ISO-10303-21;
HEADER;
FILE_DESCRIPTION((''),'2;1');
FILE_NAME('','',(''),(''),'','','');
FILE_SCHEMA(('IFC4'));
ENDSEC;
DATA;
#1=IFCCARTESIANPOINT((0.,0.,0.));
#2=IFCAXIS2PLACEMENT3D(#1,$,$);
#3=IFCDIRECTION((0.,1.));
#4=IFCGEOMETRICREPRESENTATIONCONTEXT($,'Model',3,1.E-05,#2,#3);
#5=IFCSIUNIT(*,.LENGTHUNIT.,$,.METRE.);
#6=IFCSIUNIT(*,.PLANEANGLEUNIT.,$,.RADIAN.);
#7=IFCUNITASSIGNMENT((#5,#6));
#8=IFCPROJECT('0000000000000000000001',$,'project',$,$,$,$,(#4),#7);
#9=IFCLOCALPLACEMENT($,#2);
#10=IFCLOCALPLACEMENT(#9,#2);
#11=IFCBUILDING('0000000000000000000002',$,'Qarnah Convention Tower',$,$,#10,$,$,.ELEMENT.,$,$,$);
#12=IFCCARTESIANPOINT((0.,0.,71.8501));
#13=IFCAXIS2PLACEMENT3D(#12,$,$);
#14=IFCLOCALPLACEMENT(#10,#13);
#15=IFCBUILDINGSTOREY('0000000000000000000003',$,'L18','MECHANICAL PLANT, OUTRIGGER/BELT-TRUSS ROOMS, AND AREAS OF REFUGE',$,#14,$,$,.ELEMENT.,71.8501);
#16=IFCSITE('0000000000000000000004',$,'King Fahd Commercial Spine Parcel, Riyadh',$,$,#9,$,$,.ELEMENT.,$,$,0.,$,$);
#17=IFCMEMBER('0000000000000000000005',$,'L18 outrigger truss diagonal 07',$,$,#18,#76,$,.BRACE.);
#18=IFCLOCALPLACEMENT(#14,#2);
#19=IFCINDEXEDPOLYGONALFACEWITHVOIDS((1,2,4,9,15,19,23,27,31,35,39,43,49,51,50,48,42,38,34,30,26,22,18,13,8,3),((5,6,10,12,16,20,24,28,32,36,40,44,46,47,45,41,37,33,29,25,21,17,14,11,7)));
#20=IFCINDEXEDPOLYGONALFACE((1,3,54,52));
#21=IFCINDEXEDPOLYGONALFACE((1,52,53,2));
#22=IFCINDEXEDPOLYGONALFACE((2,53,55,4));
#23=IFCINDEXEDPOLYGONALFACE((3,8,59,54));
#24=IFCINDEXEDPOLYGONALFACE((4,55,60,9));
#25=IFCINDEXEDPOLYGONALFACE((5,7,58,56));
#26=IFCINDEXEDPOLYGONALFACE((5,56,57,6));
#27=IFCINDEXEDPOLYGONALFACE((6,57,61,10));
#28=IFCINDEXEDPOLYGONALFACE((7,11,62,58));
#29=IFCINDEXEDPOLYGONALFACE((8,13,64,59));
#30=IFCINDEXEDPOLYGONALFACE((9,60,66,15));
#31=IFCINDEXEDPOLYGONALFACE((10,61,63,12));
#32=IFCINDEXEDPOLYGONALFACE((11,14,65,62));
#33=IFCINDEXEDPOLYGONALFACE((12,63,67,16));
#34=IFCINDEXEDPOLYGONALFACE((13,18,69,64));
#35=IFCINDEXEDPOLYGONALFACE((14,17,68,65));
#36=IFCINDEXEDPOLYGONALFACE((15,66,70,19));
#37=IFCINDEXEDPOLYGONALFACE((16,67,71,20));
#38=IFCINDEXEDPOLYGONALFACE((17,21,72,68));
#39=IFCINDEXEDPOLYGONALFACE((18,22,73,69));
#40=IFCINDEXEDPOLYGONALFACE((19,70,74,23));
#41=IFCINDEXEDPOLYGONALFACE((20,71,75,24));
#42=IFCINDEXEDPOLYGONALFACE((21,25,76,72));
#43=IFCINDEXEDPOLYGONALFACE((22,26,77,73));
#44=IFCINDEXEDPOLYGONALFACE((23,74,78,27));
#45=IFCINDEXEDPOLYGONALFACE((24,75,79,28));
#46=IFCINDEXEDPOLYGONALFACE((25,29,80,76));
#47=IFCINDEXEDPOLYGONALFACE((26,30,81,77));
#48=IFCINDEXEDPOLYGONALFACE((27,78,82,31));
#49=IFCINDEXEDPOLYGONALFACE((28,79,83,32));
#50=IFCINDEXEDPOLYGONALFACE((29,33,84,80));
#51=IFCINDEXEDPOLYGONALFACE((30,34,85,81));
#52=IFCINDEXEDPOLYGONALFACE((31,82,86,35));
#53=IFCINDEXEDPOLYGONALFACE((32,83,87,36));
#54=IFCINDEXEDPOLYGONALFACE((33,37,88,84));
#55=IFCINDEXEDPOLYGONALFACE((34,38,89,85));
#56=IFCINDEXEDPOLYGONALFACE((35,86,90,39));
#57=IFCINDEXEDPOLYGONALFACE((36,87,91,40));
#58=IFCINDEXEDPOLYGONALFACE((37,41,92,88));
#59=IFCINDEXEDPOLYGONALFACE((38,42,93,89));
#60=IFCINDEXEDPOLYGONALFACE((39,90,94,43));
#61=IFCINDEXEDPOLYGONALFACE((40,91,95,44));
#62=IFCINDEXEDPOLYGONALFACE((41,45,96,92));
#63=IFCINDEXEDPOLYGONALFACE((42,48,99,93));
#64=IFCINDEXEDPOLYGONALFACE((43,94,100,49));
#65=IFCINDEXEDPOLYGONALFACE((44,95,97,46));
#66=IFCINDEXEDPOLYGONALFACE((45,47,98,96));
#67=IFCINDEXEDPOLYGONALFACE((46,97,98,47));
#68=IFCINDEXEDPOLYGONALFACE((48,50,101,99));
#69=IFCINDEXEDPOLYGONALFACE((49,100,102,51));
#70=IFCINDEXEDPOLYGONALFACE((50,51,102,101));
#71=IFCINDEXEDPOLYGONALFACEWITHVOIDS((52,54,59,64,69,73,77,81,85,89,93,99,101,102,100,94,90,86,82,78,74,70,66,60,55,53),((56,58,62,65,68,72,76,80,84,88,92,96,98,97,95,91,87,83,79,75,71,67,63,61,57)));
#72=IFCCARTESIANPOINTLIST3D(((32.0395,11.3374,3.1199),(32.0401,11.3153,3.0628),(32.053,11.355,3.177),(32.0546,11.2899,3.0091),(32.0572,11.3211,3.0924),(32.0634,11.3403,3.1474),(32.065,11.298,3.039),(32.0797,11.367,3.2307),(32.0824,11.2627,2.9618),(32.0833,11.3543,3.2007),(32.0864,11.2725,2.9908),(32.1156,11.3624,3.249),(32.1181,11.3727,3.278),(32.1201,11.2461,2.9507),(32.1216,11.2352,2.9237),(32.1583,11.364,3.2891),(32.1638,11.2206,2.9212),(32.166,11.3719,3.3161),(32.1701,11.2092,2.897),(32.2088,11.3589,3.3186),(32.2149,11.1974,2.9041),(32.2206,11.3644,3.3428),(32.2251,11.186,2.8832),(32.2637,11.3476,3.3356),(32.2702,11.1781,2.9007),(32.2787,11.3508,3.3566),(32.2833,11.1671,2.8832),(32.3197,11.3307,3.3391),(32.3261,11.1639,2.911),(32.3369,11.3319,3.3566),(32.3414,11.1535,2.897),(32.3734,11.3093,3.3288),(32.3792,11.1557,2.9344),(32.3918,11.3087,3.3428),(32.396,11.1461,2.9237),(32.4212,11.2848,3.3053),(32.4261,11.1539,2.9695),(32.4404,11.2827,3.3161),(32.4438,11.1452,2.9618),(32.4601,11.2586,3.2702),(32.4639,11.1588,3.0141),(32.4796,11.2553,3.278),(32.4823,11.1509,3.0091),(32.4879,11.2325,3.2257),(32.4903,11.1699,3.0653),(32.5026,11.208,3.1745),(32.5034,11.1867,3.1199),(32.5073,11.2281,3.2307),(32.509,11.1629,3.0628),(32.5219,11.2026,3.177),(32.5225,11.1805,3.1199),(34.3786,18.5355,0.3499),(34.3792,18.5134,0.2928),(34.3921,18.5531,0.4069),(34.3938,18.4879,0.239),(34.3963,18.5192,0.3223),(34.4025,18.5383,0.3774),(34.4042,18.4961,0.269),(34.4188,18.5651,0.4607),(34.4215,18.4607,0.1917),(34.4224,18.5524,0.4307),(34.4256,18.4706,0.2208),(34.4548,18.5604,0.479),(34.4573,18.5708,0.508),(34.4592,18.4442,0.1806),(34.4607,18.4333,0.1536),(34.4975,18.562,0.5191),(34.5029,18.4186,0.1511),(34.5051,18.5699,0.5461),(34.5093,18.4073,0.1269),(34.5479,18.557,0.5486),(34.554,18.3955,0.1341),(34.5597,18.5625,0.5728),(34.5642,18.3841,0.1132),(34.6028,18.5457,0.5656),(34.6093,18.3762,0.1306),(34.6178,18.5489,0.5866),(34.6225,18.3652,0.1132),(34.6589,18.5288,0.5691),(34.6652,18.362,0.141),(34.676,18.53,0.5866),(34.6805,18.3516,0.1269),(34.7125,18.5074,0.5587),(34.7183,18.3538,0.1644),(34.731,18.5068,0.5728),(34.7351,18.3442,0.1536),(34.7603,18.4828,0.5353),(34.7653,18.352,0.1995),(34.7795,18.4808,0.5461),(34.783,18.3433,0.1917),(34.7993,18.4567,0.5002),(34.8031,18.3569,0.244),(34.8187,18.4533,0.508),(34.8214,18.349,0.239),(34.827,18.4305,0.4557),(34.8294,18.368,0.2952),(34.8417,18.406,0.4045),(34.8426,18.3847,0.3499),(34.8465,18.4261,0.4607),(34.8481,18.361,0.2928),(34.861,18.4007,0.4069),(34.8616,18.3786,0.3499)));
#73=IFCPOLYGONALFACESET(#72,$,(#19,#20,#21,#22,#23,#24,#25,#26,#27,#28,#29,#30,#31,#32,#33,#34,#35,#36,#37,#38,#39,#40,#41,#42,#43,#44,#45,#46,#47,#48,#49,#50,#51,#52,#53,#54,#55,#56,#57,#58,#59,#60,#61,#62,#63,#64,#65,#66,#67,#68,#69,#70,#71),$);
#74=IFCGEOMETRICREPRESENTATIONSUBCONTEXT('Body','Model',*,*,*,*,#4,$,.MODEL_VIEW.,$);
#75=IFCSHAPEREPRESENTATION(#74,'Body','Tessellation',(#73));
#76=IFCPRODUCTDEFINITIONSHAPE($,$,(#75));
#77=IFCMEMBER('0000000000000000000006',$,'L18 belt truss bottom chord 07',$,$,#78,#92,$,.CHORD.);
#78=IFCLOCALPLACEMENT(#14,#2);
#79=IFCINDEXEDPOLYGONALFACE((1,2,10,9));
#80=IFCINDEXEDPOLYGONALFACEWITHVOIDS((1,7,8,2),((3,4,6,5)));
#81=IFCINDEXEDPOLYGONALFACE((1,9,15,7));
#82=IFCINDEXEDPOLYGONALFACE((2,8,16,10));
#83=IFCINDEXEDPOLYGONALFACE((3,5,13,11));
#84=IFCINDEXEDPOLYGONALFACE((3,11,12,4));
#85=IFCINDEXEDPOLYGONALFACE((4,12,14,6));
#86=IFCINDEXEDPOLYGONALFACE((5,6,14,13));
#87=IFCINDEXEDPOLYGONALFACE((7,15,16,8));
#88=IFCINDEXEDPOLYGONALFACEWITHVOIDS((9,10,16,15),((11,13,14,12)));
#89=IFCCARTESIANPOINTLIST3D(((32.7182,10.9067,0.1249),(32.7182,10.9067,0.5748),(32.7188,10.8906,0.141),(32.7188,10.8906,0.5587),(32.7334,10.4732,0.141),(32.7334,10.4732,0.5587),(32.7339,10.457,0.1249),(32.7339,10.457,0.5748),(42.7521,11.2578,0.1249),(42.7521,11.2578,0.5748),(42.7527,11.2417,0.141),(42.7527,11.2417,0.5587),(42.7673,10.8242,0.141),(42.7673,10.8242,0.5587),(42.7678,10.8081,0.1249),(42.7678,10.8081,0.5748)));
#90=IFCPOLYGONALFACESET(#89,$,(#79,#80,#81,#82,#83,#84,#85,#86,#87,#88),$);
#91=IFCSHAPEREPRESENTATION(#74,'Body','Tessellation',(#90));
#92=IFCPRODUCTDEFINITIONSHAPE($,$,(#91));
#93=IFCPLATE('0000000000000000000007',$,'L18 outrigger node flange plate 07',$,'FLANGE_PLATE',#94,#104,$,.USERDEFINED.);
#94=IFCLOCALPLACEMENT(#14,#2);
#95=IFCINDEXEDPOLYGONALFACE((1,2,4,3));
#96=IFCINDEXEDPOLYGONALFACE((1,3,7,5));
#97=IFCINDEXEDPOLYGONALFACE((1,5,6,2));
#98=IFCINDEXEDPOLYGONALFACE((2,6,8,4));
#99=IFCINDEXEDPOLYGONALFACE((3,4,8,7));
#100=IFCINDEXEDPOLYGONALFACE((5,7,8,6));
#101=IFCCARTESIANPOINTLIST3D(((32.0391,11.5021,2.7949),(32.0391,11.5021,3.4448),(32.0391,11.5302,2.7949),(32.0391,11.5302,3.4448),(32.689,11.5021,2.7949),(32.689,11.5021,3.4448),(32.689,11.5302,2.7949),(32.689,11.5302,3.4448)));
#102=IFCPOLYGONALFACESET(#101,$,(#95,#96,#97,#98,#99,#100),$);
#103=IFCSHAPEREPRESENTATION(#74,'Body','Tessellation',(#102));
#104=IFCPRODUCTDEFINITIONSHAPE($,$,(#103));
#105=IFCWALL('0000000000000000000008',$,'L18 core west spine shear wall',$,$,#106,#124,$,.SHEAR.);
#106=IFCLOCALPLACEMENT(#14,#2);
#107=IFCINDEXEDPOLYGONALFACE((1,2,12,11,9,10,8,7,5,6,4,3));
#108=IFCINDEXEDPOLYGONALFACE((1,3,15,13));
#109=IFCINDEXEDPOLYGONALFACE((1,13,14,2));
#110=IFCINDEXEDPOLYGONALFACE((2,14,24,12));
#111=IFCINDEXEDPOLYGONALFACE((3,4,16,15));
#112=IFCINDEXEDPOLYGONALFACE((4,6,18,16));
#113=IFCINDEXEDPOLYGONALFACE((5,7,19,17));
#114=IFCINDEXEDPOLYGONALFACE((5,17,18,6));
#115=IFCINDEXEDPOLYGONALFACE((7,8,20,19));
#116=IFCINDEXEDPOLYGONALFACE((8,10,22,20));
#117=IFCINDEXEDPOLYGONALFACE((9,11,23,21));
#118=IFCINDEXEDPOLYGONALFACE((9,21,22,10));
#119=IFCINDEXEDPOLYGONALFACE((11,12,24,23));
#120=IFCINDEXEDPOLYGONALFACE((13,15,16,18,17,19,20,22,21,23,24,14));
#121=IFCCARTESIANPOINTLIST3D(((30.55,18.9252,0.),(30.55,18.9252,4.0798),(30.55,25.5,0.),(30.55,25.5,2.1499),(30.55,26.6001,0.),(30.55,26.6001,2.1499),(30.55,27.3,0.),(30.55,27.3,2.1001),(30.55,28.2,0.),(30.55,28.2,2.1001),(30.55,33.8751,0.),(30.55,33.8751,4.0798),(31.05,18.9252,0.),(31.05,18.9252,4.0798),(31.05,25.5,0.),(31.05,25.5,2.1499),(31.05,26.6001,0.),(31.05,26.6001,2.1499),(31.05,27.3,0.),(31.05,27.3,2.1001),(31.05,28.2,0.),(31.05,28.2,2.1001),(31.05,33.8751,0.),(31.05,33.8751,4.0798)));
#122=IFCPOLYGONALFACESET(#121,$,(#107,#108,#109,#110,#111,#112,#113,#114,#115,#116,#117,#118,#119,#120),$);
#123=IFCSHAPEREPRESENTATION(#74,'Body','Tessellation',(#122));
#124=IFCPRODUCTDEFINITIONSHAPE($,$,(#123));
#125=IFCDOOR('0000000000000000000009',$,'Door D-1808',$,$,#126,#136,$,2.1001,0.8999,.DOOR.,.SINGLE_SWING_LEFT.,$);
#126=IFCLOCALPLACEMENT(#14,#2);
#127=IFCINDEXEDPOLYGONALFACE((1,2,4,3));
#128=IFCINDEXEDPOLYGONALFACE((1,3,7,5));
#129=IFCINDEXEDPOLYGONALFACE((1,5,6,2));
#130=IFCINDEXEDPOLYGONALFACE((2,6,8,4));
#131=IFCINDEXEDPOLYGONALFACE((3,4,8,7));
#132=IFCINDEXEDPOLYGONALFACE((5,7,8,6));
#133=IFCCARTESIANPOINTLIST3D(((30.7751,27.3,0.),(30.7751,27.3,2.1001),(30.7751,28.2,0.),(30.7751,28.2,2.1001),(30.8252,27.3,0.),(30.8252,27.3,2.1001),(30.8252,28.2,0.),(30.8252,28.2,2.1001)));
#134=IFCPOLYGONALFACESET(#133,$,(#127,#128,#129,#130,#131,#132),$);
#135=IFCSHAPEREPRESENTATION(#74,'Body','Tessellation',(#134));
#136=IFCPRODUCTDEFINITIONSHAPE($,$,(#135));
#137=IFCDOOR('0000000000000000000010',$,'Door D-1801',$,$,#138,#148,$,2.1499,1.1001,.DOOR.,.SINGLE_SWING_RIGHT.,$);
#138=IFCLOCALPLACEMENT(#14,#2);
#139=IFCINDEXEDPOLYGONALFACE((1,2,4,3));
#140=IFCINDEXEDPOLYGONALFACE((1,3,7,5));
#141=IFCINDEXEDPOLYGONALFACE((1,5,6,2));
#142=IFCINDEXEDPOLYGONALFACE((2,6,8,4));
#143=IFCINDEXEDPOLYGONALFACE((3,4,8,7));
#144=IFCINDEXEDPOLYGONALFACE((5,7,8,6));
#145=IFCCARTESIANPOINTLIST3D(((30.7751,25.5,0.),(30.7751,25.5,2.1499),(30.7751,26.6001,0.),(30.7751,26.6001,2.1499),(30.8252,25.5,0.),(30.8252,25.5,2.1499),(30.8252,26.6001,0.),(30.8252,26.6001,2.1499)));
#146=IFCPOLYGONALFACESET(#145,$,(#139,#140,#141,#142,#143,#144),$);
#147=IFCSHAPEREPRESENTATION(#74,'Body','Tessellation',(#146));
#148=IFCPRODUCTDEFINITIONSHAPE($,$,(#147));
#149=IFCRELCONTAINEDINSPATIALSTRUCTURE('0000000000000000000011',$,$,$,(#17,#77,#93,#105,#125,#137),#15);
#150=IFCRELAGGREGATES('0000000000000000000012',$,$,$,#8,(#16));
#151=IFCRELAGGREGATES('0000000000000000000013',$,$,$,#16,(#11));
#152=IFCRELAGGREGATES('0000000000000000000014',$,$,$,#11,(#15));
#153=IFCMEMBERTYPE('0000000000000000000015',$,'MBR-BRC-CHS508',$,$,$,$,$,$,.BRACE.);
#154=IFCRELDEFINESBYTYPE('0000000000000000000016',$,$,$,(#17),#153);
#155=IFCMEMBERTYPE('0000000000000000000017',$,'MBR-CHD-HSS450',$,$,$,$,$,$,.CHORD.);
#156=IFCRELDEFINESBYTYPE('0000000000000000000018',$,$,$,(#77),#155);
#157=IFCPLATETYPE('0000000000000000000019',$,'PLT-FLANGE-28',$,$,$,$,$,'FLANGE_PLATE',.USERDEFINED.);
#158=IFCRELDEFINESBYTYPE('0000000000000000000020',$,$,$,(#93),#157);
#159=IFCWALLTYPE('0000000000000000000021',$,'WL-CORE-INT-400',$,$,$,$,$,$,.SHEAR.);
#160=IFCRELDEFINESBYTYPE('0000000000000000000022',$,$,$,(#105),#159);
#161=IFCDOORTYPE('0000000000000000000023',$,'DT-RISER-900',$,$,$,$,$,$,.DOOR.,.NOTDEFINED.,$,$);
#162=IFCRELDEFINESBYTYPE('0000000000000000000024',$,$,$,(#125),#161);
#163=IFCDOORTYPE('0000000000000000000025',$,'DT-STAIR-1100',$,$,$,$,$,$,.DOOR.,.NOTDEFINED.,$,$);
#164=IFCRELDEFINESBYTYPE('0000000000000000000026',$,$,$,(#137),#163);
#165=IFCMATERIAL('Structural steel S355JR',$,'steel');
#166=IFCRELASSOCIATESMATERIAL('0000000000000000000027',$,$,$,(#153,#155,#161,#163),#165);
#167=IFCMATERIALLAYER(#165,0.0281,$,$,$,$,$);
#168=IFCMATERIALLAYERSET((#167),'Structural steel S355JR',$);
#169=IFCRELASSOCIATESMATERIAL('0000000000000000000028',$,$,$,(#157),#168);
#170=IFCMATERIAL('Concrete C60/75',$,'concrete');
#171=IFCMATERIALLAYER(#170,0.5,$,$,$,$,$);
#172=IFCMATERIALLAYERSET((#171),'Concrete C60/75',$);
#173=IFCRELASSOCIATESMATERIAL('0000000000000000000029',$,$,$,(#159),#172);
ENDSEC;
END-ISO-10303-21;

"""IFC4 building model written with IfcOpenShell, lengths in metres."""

from ifc_helpers import new_model, si_unit, direction, frame, frame_2d, origin, origin_2d, place, context, subcontext, project, spatial, rectangle, hollow_rectangle, hollow_circle, extrude, material, layer, layer_set, material_profile, profile_set, type_object, element, fill, save


model = new_model("IFC4")

# Units and contexts
model_context = context("Model", 3, precision=1e-05, world=origin(), true_north=direction((0.0, 1.0)))
body_context = subcontext(model_context, "Body", "Model", "MODEL_VIEW")
ifc_project = project(units=[si_unit("LENGTHUNIT", "METRE"), si_unit("PLANEANGLEUNIT", "RADIAN")], contexts=[model_context])

# Site, building, storey
site_placement = place(None, origin())
site = spatial("IfcSite", under=ifc_project, at=site_placement, Name="King Fahd Commercial Spine Parcel, Riyadh", CompositionType="ELEMENT", RefElevation=0.0)
building_placement = place(site_placement, origin())
building = spatial("IfcBuilding", under=site, at=building_placement, Name="Qarnah Convention Tower", CompositionType="ELEMENT")
storey_placement = place(building_placement, frame((0.0, 0.0, 71.8501)))
storey = spatial("IfcBuildingStorey", under=building, at=storey_placement, Name="L18", Description="MECHANICAL PLANT, OUTRIGGER/BELT-TRUSS ROOMS, AND AREAS OF REFUGE", CompositionType="ELEMENT", Elevation=71.8501)

# Shared definitions
ifc_material_1 = material(Name="Concrete C60/75", Category="concrete")

# Shared definitions
ifc_material_2 = material(Name="Structural steel S355JR", Category="steel")

# Members
ifc_material_profile_1 = material_profile(ifc_material_2, hollow_circle(Radius=0.2539, WallThickness=0.02, at=origin_2d()), Name="CHS508X20")
ifc_profile_set_1 = profile_set([ifc_material_profile_1], Name="Structural steel S355JR")
member_type_1 = type_object("IfcMemberType", Name="MBR-BRC-CHS508", PredefinedType="BRACE", material=ifc_profile_set_1)
member_1_placement = place(storey_placement, frame((34.6201, 18.457, 0.3499), z_axis=(-0.29023, -0.893107, 0.343696), x_axis=(0.951043, -0.309058, 0.0)))
element("IfcMember", 1, at=member_1_placement, inside=storey, type_object=member_type_1, Name="L18 outrigger truss diagonal 07", PredefinedType="BRACE", context=body_context, shape_type="SweptSolid", body=[
    extrude(hollow_circle(Radius=0.2539, WallThickness=0.02, at=origin_2d()), origin(), (0.0, 0.0, 1.0), 8.0596),
])
ifc_material_profile_2 = material_profile(ifc_material_2, hollow_rectangle(XDim=0.45, YDim=0.45, WallThickness=0.0161, at=origin_2d()), Name="HSS450X450X16")
ifc_profile_set_2 = profile_set([ifc_material_profile_2], Name="Structural steel S355JR")
member_type_2 = type_object("IfcMemberType", Name="MBR-CHD-HSS450", PredefinedType="CHORD", material=ifc_profile_set_2)
member_2_placement = place(storey_placement, frame((32.7261, 10.6819, 0.3499), z_axis=(0.999388, 0.034967, 0.0), x_axis=(-0.034967, 0.999388, 0.0)))
element("IfcMember", 2, at=member_2_placement, inside=storey, type_object=member_type_2, Name="L18 belt truss bottom chord 07", PredefinedType="CHORD", context=body_context, shape_type="SweptSolid", body=[
    extrude(hollow_rectangle(XDim=0.45, YDim=0.45, WallThickness=0.0161, at=origin_2d()), origin(), (0.0, 0.0, 1.0), 10.04),
])

# Plate
ifc_layer_1 = layer(ifc_material_2, 0.0281)
ifc_layer_set_1 = layer_set([ifc_layer_1], Name="Structural steel S355JR")
plate_type = type_object("IfcPlateType", Name="PLT-FLANGE-28", ElementType="FLANGE_PLATE", PredefinedType="USERDEFINED", material=ifc_layer_set_1)
plate_placement = place(storey_placement, frame((32.364, 11.5161, 2.7949), z_axis=(0.0, 0.0, 1.0), x_axis=(1.0, 0.0, 0.0)))
element("IfcPlate", 3, at=plate_placement, inside=storey, type_object=plate_type, Name="L18 outrigger node flange plate 07", ObjectType="FLANGE_PLATE", PredefinedType="USERDEFINED", context=body_context, shape_type="SweptSolid", body=[
    extrude(rectangle(XDim=0.6499, YDim=0.0281, at=origin_2d()), origin(), (0.0, 0.0, 1.0), 0.6499),
])

# Wall, openings, doors
ifc_layer_2 = layer(ifc_material_1, 0.5)
ifc_layer_set_2 = layer_set([ifc_layer_2], Name="Concrete C60/75")
wall_type_1 = type_object("IfcWallType", Name="WL-CORE-INT-400", PredefinedType="SHEAR", material=ifc_layer_set_2)
wall_1_placement = place(storey_placement, frame((30.8, 18.925, 0.0), z_axis=(0.0, 0.0, 1.0), x_axis=(0.0, 1.0, 0.0)))
wall_1 = element("IfcWall", 4, at=wall_1_placement, inside=storey, type_object=wall_type_1, Name="L18 core west spine shear wall", PredefinedType="SHEAR", context=body_context, shape_type="SweptSolid", body=[
    extrude(rectangle(XDim=14.95, YDim=0.5, at=frame_2d((7.4751, 0.0))), origin(), (0.0, 0.0, 1.0), 4.0798),
])
opening_1_placement = place(wall_1_placement, frame((6.575, 0.0, 0.0)))
opening_1 = element("IfcOpeningElement", 5, at=opening_1_placement, cuts=wall_1, PredefinedType="OPENING", context=body_context, shape_type="SweptSolid", body=[
    extrude(rectangle(XDim=1.1001, YDim=2.1499, at=frame_2d((0.55, 1.075))), frame((0.0, 0.26, 0.0), z_axis=(0.0, -1.0, 0.0), x_axis=(1.0, 0.0, 0.0)), (0.0, 0.0, 1.0), 0.52),
])
opening_2_placement = place(wall_1_placement, frame((8.375, 0.0, 0.0)))
opening_2 = element("IfcOpeningElement", 6, at=opening_2_placement, cuts=wall_1, PredefinedType="OPENING", context=body_context, shape_type="SweptSolid", body=[
    extrude(rectangle(XDim=0.8999, YDim=2.1001, at=frame_2d((0.45, 1.05))), frame((0.0, 0.26, 0.0), z_axis=(0.0, -1.0, 0.0), x_axis=(1.0, 0.0, 0.0)), (0.0, 0.0, 1.0), 0.52),
])
door_type_1 = type_object("IfcDoorType", Name="DT-RISER-900", OperationType="NOTDEFINED", PredefinedType="DOOR", material=ifc_material_2)
door_1_placement = place(opening_2_placement, origin())
door_1 = element("IfcDoor", 7, at=door_1_placement, inside=storey, type_object=door_type_1, Name="Door D-1808", OperationType="SINGLE_SWING_LEFT", OverallHeight=2.1001, OverallWidth=0.8999, PredefinedType="DOOR", context=body_context, shape_type="SweptSolid", body=[
    extrude(rectangle(XDim=0.8999, YDim=2.1001, at=frame_2d((0.45, 1.05))), frame((0.0, 0.0249, 0.0), z_axis=(0.0, -1.0, 0.0), x_axis=(1.0, 0.0, 0.0)), (0.0, 0.0, 1.0), 0.05),
])
fill(opening_2, door_1)
door_type_2 = type_object("IfcDoorType", Name="DT-STAIR-1100", OperationType="NOTDEFINED", PredefinedType="DOOR", material=ifc_material_2)
door_2_placement = place(opening_1_placement, origin())
door_2 = element("IfcDoor", 8, at=door_2_placement, inside=storey, type_object=door_type_2, Name="Door D-1801", OperationType="SINGLE_SWING_RIGHT", OverallHeight=2.1499, OverallWidth=1.1001, PredefinedType="DOOR", context=body_context, shape_type="SweptSolid", body=[
    extrude(rectangle(XDim=1.1001, YDim=2.1499, at=frame_2d((0.55, 1.075))), frame((0.0, 0.0249, 0.0), z_axis=(0.0, -1.0, 0.0), x_axis=(1.0, 0.0, 0.0)), (0.0, 0.0, 1.0), 0.05),
])
fill(opening_1, door_2)

save(model, "model.ifc")
